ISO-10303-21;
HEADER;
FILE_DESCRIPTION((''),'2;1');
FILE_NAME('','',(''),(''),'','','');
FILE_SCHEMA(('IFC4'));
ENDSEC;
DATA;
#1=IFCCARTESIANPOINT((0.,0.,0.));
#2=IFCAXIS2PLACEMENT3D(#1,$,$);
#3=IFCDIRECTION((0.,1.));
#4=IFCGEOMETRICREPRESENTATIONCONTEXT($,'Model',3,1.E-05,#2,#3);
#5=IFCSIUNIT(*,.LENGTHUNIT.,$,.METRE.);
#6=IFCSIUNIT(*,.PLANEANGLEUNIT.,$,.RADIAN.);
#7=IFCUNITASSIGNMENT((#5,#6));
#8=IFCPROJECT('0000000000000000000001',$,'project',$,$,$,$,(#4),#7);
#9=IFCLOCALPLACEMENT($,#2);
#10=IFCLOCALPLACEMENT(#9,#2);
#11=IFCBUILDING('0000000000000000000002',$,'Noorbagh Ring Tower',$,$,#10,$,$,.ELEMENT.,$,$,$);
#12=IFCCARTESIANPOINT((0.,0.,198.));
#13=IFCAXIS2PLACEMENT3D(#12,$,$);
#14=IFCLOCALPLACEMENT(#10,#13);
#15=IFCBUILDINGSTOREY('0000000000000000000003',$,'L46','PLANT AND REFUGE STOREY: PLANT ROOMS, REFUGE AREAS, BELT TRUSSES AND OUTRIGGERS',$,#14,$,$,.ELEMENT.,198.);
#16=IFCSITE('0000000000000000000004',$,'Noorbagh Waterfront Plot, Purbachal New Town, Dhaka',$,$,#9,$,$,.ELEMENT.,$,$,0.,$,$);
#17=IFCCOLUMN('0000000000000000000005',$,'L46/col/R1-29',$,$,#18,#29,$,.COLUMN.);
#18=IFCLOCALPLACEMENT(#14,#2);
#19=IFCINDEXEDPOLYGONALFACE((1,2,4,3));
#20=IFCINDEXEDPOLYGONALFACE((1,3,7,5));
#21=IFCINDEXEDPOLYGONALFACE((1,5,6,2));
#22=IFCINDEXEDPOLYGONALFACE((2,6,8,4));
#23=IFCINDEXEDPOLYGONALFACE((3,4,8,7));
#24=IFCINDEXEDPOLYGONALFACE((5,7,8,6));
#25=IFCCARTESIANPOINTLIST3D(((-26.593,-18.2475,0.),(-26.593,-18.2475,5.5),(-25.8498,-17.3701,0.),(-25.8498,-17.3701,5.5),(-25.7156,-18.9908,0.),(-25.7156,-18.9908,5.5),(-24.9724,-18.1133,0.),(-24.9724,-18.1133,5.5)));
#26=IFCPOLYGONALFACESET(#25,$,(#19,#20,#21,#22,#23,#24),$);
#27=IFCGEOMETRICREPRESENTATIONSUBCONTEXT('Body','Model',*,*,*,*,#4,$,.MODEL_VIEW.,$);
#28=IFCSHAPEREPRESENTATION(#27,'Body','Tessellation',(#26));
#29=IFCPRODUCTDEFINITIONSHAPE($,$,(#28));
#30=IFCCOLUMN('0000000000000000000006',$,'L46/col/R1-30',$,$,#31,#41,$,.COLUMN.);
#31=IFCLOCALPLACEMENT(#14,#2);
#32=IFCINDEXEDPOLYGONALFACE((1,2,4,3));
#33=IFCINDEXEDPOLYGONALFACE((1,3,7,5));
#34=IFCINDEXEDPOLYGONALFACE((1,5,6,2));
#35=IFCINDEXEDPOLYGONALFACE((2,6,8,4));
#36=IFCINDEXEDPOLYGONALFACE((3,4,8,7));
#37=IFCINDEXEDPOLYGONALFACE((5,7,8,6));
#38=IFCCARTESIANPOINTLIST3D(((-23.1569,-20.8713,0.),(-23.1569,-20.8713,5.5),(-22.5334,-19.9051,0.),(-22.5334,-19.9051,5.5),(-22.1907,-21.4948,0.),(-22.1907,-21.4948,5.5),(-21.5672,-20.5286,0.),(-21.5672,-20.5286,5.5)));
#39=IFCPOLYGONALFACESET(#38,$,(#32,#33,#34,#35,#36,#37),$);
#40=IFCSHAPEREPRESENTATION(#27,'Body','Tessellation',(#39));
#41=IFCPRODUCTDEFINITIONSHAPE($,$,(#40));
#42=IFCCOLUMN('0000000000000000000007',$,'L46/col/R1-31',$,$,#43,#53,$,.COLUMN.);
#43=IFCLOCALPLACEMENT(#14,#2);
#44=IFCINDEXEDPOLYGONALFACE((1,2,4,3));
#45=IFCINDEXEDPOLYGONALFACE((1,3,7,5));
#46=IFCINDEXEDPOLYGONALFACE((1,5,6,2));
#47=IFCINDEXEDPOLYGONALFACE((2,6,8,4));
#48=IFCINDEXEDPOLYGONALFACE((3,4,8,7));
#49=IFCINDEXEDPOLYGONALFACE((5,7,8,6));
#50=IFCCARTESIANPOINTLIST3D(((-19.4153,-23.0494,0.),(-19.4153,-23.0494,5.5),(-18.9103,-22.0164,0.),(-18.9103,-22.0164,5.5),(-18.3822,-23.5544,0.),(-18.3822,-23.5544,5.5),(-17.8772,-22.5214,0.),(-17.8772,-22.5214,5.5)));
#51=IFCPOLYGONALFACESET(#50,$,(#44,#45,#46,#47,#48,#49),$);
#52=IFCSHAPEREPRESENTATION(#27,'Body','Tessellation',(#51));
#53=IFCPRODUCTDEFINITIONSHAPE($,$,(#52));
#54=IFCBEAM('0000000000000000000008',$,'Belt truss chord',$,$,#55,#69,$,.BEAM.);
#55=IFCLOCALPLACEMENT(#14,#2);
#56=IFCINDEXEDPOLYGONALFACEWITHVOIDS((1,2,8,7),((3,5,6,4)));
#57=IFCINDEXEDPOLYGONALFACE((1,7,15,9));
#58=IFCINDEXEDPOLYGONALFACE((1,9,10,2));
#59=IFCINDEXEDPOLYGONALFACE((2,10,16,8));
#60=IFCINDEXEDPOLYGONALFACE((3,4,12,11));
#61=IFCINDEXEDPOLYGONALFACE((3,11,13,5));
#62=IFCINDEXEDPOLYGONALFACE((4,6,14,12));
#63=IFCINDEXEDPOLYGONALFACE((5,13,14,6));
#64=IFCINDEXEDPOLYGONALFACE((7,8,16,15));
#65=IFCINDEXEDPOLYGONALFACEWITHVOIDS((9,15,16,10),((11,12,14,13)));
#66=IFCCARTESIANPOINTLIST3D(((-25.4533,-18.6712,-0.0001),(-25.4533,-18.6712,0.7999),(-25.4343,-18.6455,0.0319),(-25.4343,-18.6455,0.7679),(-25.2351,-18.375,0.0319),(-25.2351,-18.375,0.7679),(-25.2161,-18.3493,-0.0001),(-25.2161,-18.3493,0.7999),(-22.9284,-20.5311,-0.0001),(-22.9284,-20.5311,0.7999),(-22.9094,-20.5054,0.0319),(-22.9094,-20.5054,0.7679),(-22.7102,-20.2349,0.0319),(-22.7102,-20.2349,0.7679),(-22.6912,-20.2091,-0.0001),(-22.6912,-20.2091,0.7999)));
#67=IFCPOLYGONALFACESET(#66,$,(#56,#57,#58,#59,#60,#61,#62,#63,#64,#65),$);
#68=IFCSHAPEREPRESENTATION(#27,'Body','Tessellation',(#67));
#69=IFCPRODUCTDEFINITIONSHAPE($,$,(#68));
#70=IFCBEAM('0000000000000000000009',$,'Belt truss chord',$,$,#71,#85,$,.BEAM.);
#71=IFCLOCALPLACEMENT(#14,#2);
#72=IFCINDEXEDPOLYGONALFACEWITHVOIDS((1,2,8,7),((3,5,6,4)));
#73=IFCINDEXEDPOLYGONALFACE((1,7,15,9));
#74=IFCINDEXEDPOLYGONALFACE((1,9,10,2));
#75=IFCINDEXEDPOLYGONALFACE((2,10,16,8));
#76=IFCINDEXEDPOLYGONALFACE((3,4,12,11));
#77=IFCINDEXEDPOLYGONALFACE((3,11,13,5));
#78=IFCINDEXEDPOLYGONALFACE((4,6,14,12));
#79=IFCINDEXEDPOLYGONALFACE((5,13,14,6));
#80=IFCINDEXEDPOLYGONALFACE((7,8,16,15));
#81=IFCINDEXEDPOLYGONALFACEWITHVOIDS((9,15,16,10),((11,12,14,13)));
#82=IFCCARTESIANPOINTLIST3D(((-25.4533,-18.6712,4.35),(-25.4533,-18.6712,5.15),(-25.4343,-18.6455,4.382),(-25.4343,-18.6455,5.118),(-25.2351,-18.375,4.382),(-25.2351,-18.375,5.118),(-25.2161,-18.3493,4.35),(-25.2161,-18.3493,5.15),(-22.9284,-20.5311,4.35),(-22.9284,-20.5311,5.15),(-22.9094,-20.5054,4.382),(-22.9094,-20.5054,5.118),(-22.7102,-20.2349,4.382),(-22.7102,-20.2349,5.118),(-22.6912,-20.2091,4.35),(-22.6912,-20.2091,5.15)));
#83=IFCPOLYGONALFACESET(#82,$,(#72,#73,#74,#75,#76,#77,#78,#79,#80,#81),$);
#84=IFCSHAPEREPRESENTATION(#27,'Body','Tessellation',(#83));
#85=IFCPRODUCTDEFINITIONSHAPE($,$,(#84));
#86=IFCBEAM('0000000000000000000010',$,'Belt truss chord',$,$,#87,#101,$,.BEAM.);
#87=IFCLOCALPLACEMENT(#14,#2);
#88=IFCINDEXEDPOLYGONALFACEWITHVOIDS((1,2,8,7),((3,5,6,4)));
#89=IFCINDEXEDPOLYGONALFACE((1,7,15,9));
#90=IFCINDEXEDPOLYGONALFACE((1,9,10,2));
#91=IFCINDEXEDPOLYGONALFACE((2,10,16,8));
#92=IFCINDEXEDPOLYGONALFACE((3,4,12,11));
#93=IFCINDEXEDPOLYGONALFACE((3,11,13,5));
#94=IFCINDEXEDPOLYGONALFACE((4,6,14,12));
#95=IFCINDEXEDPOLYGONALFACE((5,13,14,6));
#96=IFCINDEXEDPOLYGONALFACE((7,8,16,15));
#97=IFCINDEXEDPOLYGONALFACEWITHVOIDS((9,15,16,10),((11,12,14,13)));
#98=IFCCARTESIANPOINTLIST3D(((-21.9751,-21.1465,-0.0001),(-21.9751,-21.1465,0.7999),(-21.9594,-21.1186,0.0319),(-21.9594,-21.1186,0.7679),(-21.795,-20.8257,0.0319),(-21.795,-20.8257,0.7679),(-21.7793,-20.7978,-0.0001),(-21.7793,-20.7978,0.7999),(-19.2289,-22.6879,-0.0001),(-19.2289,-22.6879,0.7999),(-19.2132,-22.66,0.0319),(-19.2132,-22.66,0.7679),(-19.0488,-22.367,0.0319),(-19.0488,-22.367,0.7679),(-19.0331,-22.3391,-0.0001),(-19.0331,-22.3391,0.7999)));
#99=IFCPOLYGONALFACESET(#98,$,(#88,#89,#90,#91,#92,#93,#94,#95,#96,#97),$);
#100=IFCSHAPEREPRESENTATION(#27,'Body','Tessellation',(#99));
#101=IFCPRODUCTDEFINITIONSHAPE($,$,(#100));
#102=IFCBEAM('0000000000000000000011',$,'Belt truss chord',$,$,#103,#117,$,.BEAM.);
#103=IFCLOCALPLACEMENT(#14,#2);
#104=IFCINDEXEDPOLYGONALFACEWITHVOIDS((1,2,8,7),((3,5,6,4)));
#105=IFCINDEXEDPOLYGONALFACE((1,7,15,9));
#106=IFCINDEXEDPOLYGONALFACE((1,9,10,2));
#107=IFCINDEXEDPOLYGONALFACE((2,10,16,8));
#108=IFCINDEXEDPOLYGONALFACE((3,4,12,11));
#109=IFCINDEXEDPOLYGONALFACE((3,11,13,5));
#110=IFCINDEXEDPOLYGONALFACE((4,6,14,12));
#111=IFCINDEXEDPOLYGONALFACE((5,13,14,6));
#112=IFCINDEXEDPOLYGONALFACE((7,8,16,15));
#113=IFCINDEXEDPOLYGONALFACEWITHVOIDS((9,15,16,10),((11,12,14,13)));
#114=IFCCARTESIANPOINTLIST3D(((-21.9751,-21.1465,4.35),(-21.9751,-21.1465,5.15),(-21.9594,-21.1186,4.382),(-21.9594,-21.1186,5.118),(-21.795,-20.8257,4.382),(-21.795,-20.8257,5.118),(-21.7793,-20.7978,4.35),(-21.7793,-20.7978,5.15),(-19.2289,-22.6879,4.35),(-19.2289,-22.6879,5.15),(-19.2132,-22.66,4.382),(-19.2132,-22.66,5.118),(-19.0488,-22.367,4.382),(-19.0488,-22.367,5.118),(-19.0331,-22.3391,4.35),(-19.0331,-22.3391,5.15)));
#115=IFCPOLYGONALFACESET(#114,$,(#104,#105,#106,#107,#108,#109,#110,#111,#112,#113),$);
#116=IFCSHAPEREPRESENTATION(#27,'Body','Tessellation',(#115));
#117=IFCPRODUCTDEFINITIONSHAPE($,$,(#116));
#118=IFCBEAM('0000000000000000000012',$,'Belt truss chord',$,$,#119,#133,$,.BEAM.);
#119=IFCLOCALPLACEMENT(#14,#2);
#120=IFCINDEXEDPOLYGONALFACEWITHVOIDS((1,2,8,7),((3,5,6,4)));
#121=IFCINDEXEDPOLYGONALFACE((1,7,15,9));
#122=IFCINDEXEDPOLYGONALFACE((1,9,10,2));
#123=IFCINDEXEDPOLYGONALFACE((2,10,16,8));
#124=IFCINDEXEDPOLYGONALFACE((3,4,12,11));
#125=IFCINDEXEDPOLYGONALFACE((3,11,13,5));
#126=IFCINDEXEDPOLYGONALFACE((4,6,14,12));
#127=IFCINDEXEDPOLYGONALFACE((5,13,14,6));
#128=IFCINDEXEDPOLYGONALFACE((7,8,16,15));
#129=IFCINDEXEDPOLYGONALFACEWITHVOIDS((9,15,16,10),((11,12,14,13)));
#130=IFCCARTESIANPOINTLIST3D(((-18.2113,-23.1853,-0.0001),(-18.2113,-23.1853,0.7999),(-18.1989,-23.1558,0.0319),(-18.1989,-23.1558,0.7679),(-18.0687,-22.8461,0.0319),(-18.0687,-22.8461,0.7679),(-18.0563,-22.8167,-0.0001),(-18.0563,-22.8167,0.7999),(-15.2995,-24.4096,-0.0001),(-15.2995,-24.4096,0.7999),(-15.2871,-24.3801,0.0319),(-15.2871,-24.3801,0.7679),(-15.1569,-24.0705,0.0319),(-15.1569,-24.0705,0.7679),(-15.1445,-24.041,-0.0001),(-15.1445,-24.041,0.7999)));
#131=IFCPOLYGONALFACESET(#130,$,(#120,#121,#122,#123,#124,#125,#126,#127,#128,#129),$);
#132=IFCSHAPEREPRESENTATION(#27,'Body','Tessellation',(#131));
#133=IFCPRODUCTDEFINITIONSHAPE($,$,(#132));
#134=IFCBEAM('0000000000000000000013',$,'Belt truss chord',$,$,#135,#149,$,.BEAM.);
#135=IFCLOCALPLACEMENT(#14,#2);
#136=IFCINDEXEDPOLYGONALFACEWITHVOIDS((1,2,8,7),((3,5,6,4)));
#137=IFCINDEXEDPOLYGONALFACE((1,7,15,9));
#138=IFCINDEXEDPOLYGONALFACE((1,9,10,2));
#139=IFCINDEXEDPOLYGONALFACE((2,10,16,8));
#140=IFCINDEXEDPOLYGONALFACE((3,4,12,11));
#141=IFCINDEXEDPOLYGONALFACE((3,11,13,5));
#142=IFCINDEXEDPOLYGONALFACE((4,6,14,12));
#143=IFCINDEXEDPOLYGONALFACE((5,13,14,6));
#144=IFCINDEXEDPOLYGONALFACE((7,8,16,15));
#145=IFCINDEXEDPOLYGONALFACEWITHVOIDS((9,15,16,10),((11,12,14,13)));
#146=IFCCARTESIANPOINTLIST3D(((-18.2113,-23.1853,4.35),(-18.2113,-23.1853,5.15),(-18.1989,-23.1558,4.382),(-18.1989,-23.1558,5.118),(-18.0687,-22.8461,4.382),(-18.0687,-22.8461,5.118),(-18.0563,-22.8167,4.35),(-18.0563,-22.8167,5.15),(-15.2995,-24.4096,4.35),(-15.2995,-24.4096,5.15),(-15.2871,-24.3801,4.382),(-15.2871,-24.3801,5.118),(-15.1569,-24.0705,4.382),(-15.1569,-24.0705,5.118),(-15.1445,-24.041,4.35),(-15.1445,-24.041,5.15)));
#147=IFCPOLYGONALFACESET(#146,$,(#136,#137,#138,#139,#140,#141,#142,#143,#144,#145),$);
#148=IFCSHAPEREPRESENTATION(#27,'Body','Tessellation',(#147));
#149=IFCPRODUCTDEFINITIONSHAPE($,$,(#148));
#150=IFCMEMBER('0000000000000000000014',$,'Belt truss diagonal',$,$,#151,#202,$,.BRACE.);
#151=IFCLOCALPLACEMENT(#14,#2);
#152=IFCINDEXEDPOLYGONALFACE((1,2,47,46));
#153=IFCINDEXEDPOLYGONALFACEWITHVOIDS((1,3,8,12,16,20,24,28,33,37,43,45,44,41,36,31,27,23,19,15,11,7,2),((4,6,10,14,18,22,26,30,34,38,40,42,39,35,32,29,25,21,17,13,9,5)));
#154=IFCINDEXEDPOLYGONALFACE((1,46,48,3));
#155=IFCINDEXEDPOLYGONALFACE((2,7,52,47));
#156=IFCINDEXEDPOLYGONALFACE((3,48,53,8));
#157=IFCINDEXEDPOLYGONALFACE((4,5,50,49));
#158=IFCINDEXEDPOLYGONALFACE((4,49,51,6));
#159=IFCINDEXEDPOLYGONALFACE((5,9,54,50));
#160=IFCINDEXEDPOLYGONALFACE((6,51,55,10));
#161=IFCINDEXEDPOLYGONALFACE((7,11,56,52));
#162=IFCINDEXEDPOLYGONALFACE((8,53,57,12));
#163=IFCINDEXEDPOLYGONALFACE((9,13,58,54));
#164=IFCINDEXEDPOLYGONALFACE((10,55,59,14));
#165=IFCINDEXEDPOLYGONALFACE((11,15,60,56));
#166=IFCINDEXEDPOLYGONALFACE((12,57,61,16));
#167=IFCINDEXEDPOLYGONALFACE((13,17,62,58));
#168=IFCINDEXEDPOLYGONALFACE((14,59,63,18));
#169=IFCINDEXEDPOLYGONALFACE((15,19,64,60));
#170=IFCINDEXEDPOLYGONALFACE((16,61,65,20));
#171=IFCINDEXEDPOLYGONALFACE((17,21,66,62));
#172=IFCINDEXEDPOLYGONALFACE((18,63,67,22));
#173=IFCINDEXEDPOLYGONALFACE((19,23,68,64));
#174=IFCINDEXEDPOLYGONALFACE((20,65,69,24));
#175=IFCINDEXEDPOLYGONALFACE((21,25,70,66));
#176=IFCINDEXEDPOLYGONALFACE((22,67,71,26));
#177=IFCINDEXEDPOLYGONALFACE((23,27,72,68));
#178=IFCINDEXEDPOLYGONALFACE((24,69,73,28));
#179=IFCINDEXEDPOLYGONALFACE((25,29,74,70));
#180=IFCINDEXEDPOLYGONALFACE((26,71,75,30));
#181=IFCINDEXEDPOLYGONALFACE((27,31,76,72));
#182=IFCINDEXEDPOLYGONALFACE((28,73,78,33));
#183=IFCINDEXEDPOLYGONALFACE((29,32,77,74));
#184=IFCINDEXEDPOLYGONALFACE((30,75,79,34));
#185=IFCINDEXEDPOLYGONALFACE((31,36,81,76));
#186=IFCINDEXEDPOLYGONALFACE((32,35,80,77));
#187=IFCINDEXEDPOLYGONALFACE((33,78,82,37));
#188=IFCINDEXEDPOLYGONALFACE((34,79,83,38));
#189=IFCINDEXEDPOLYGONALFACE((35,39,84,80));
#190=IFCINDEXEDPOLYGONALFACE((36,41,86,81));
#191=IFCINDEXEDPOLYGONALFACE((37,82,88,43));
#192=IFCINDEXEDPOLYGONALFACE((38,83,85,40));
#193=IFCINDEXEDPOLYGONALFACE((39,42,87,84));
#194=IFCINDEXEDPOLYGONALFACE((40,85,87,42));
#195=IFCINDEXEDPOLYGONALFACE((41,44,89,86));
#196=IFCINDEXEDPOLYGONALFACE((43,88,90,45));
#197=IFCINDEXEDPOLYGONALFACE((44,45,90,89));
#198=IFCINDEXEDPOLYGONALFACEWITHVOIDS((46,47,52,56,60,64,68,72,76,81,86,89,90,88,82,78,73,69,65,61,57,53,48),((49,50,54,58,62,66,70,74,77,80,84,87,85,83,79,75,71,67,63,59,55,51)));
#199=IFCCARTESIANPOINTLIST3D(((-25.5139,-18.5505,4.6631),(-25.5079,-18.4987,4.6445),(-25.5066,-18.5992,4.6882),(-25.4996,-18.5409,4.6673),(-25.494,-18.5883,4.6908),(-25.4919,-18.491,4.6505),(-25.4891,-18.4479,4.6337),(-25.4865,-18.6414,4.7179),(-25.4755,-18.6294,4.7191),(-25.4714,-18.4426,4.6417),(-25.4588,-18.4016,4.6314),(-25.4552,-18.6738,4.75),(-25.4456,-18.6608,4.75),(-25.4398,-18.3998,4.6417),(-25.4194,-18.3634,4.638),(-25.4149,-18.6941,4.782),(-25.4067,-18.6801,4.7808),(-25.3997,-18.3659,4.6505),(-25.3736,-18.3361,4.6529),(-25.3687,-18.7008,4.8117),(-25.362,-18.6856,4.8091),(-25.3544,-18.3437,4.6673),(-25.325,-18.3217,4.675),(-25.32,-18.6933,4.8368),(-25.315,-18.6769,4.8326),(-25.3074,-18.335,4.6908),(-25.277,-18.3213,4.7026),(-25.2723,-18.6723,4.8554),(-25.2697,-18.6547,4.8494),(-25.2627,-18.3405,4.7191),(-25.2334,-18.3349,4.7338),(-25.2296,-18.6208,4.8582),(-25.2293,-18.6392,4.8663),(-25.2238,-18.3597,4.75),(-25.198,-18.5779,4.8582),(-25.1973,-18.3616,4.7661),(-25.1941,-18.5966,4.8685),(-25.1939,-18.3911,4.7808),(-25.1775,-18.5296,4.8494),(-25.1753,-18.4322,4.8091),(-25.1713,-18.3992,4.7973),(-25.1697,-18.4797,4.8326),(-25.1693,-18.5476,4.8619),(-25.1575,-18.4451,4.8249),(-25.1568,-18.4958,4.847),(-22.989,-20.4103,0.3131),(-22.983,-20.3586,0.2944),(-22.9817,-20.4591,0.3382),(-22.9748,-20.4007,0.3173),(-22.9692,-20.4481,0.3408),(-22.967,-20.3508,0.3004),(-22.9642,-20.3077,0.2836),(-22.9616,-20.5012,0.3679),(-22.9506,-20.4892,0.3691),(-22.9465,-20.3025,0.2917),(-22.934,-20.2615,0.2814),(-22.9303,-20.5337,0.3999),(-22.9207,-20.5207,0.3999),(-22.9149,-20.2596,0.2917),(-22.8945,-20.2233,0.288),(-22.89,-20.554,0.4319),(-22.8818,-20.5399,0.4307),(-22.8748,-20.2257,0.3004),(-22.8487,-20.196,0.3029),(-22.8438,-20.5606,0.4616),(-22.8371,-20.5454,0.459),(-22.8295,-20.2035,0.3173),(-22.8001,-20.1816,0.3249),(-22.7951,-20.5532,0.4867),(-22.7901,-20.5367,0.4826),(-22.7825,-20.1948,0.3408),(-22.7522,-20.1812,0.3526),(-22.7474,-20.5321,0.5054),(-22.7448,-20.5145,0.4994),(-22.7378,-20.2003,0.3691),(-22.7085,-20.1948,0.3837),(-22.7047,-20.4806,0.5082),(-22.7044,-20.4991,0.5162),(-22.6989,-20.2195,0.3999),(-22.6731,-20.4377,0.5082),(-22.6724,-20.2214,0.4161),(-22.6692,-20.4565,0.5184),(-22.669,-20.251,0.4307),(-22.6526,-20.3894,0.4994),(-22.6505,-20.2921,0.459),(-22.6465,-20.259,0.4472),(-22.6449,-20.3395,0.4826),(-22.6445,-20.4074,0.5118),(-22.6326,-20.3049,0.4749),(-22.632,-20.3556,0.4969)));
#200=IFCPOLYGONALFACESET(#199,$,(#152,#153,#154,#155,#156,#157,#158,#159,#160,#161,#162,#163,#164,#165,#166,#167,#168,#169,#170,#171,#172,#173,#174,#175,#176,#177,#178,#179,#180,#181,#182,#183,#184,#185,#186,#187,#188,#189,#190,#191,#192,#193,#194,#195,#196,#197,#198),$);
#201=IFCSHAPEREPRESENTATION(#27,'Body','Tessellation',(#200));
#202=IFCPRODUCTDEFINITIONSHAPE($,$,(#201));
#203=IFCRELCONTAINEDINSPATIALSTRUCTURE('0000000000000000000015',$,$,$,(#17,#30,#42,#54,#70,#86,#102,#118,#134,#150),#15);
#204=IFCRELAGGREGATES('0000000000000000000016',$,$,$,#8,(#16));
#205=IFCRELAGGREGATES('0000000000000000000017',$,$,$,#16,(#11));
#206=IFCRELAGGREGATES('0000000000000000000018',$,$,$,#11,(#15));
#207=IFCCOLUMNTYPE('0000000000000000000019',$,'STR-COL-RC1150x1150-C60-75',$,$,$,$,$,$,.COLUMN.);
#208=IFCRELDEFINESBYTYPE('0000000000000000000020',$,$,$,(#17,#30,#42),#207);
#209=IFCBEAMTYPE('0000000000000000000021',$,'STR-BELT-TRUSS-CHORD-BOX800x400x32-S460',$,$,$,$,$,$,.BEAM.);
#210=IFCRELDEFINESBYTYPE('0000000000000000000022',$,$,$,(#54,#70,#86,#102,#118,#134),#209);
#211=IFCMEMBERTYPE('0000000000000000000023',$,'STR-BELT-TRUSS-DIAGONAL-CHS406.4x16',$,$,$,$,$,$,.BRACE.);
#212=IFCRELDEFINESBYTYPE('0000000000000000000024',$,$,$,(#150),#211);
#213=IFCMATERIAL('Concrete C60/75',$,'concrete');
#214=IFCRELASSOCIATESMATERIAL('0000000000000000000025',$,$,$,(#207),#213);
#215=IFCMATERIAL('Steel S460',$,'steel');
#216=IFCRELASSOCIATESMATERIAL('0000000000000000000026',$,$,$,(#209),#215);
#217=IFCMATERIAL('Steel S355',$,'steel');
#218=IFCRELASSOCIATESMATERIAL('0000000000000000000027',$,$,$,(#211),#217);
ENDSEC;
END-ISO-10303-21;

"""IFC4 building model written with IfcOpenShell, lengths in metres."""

from ifc_helpers import new_model, si_unit, direction, frame, origin, origin_2d, place, context, subcontext, project, spatial, rectangle, hollow_rectangle, hollow_circle, extrude, material, material_profile, profile_set, type_object, element, save


model = new_model("IFC4")

# Units and contexts
model_context = context("Model", 3, precision=1e-05, world=origin(), true_north=direction((0.0, 1.0)))
body_context = subcontext(model_context, "Body", "Model", "MODEL_VIEW")
ifc_project = project(units=[si_unit("LENGTHUNIT", "METRE"), si_unit("PLANEANGLEUNIT", "RADIAN")], contexts=[model_context])

# Site, building, storey
site_placement = place(None, origin())
site = spatial("IfcSite", under=ifc_project, at=site_placement, Name="Noorbagh Waterfront Plot, Purbachal New Town, Dhaka", CompositionType="ELEMENT", RefElevation=0.0)
building_placement = place(site_placement, origin())
building = spatial("IfcBuilding", under=site, at=building_placement, Name="Noorbagh Ring Tower", CompositionType="ELEMENT")
storey_placement = place(building_placement, frame((0.0, 0.0, 198.0)))
storey = spatial("IfcBuildingStorey", under=building, at=storey_placement, Name="L46", Description="PLANT AND REFUGE STOREY: PLANT ROOMS, REFUGE AREAS, BELT TRUSSES AND OUTRIGGERS", CompositionType="ELEMENT", Elevation=198.0)

# Columns
ifc_material_1 = material(Name="Concrete C60/75", Category="concrete")
ifc_material_profile_1 = material_profile(ifc_material_1, rectangle(XDim=1.1499, YDim=1.1499, at=origin_2d()), Name="RC1150x1150")
ifc_profile_set_1 = profile_set([ifc_material_profile_1], Name="Concrete C60/75")
column_type = type_object("IfcColumnType", Name="STR-COL-RC1150x1150-C60-75", PredefinedType="COLUMN", material=ifc_profile_set_1)
for number, where, z_axis, x_axis, name in (
    (1, (-25.7827, -18.1804, 0.0), (0.0, 0.0, 1.0), (0.763035, -0.646357, 0.0), "L46/col/R1-29"),
    (2, (-22.3621, -20.7, 0.0), (0.0, 0.0, 1.0), (0.840248, -0.542203, 0.0), "L46/col/R1-30"),
    (3, (-18.6462, -22.7854, 0.0), (0.0, 0.0, 1.0), (0.898399, -0.43918, 0.0), "L46/col/R1-31"),
):
    element("IfcColumn", number, at=place(storey_placement, frame(where, z_axis=z_axis, x_axis=x_axis)), inside=storey, type_object=column_type, Name=name, PredefinedType="COLUMN", context=body_context, shape_type="SweptSolid", body=[
        extrude(rectangle(XDim=1.1499, YDim=1.1499, at=origin_2d()), origin(), (0.0, 0.0, 1.0), 5.5),
    ])

# Beams
ifc_material_2 = material(Name="Steel S460", Category="steel")
ifc_material_profile_2 = material_profile(ifc_material_2, hollow_rectangle(XDim=0.3999, YDim=0.8, WallThickness=0.032, at=origin_2d()), Name="BOX800x400x32")
ifc_profile_set_2 = profile_set([ifc_material_profile_2], Name="Steel S460")
beam_type_1 = type_object("IfcBeamType", Name="STR-BELT-TRUSS-CHORD-BOX800x400x32-S460", PredefinedType="BEAM", material=ifc_profile_set_2)
for number, where, z_axis, x_axis, name in (
    (4, (-25.3347, -18.5103, 0.3999), (0.805146, -0.593077, 0.0), (0.593077, 0.805146, 0.0), "Belt truss chord"),
    (5, (-25.3347, -18.5103, 4.75), (0.805146, -0.593077, 0.0), (0.593077, 0.805146, 0.0), "Belt truss chord"),
):
    element("IfcBeam", number, at=place(storey_placement, frame(where, z_axis=z_axis, x_axis=x_axis)), inside=storey, type_object=beam_type_1, Name=name, PredefinedType="BEAM", context=body_context, shape_type="SweptSolid", body=[
        extrude(hollow_rectangle(XDim=0.3999, YDim=0.8, WallThickness=0.032, at=origin_2d()), origin(), (0.0, 0.0, 1.0), 3.136),
    ])
for number, where, z_axis, x_axis, name in (
    (6, (-21.8772, -20.9722, 0.3999), (0.872039, -0.489437, 0.0), (0.489437, 0.872039, 0.0), "Belt truss chord"),
    (7, (-21.8772, -20.9722, 4.75), (0.872039, -0.489437, 0.0), (0.489437, 0.872039, 0.0), "Belt truss chord"),
):
    element("IfcBeam", number, at=place(storey_placement, frame(where, z_axis=z_axis, x_axis=x_axis)), inside=storey, type_object=beam_type_1, Name=name, PredefinedType="BEAM", context=body_context, shape_type="SweptSolid", body=[
        extrude(hollow_rectangle(XDim=0.3999, YDim=0.8, WallThickness=0.032, at=origin_2d()), origin(), (0.0, 0.0, 1.0), 3.1492),
    ])
for number, where, z_axis, x_axis, name in (
    (8, (-18.1338, -23.001, 0.3999), (0.921826, -0.387604, 0.0), (0.387604, 0.921826, 0.0), "Belt truss chord"),
    (9, (-18.1338, -23.001, 4.75), (0.921826, -0.387604, 0.0), (0.387604, 0.921826, 0.0), "Belt truss chord"),
):
    element("IfcBeam", number, at=place(storey_placement, frame(where, z_axis=z_axis, x_axis=x_axis)), inside=storey, type_object=beam_type_1, Name=name, PredefinedType="BEAM", context=body_context, shape_type="SweptSolid", body=[
        extrude(hollow_rectangle(XDim=0.3999, YDim=0.8, WallThickness=0.032, at=origin_2d()), origin(), (0.0, 0.0, 1.0), 3.1587),
    ])

# Member
ifc_material_3 = material(Name="Steel S355", Category="steel")
ifc_material_profile_3 = material_profile(ifc_material_3, hollow_circle(Radius=0.2031, WallThickness=0.0161, at=origin_2d()), Name="CHS406.4x16")
ifc_profile_set_3 = profile_set([ifc_material_profile_3], Name="Steel S355")
member_type = type_object("IfcMemberType", Name="STR-BELT-TRUSS-DIAGONAL-CHS406.4x16", PredefinedType="BRACE", material=ifc_profile_set_3)
member_1_placement = place(storey_placement, frame((-22.8098, -20.3701, 0.3999), z_axis=(-0.470835, 0.346821, 0.811191), x_axis=(-0.593077, -0.805146, 0.0)))
element("IfcMember", 10, at=member_1_placement, inside=storey, type_object=member_type, Name="Belt truss diagonal", PredefinedType="BRACE", context=body_context, shape_type="SweptSolid", body=[
    extrude(hollow_circle(Radius=0.2031, WallThickness=0.0161, at=origin_2d()), origin(), (0.0, 0.0, 1.0), 5.3625),
])

save(model, "model.ifc")
